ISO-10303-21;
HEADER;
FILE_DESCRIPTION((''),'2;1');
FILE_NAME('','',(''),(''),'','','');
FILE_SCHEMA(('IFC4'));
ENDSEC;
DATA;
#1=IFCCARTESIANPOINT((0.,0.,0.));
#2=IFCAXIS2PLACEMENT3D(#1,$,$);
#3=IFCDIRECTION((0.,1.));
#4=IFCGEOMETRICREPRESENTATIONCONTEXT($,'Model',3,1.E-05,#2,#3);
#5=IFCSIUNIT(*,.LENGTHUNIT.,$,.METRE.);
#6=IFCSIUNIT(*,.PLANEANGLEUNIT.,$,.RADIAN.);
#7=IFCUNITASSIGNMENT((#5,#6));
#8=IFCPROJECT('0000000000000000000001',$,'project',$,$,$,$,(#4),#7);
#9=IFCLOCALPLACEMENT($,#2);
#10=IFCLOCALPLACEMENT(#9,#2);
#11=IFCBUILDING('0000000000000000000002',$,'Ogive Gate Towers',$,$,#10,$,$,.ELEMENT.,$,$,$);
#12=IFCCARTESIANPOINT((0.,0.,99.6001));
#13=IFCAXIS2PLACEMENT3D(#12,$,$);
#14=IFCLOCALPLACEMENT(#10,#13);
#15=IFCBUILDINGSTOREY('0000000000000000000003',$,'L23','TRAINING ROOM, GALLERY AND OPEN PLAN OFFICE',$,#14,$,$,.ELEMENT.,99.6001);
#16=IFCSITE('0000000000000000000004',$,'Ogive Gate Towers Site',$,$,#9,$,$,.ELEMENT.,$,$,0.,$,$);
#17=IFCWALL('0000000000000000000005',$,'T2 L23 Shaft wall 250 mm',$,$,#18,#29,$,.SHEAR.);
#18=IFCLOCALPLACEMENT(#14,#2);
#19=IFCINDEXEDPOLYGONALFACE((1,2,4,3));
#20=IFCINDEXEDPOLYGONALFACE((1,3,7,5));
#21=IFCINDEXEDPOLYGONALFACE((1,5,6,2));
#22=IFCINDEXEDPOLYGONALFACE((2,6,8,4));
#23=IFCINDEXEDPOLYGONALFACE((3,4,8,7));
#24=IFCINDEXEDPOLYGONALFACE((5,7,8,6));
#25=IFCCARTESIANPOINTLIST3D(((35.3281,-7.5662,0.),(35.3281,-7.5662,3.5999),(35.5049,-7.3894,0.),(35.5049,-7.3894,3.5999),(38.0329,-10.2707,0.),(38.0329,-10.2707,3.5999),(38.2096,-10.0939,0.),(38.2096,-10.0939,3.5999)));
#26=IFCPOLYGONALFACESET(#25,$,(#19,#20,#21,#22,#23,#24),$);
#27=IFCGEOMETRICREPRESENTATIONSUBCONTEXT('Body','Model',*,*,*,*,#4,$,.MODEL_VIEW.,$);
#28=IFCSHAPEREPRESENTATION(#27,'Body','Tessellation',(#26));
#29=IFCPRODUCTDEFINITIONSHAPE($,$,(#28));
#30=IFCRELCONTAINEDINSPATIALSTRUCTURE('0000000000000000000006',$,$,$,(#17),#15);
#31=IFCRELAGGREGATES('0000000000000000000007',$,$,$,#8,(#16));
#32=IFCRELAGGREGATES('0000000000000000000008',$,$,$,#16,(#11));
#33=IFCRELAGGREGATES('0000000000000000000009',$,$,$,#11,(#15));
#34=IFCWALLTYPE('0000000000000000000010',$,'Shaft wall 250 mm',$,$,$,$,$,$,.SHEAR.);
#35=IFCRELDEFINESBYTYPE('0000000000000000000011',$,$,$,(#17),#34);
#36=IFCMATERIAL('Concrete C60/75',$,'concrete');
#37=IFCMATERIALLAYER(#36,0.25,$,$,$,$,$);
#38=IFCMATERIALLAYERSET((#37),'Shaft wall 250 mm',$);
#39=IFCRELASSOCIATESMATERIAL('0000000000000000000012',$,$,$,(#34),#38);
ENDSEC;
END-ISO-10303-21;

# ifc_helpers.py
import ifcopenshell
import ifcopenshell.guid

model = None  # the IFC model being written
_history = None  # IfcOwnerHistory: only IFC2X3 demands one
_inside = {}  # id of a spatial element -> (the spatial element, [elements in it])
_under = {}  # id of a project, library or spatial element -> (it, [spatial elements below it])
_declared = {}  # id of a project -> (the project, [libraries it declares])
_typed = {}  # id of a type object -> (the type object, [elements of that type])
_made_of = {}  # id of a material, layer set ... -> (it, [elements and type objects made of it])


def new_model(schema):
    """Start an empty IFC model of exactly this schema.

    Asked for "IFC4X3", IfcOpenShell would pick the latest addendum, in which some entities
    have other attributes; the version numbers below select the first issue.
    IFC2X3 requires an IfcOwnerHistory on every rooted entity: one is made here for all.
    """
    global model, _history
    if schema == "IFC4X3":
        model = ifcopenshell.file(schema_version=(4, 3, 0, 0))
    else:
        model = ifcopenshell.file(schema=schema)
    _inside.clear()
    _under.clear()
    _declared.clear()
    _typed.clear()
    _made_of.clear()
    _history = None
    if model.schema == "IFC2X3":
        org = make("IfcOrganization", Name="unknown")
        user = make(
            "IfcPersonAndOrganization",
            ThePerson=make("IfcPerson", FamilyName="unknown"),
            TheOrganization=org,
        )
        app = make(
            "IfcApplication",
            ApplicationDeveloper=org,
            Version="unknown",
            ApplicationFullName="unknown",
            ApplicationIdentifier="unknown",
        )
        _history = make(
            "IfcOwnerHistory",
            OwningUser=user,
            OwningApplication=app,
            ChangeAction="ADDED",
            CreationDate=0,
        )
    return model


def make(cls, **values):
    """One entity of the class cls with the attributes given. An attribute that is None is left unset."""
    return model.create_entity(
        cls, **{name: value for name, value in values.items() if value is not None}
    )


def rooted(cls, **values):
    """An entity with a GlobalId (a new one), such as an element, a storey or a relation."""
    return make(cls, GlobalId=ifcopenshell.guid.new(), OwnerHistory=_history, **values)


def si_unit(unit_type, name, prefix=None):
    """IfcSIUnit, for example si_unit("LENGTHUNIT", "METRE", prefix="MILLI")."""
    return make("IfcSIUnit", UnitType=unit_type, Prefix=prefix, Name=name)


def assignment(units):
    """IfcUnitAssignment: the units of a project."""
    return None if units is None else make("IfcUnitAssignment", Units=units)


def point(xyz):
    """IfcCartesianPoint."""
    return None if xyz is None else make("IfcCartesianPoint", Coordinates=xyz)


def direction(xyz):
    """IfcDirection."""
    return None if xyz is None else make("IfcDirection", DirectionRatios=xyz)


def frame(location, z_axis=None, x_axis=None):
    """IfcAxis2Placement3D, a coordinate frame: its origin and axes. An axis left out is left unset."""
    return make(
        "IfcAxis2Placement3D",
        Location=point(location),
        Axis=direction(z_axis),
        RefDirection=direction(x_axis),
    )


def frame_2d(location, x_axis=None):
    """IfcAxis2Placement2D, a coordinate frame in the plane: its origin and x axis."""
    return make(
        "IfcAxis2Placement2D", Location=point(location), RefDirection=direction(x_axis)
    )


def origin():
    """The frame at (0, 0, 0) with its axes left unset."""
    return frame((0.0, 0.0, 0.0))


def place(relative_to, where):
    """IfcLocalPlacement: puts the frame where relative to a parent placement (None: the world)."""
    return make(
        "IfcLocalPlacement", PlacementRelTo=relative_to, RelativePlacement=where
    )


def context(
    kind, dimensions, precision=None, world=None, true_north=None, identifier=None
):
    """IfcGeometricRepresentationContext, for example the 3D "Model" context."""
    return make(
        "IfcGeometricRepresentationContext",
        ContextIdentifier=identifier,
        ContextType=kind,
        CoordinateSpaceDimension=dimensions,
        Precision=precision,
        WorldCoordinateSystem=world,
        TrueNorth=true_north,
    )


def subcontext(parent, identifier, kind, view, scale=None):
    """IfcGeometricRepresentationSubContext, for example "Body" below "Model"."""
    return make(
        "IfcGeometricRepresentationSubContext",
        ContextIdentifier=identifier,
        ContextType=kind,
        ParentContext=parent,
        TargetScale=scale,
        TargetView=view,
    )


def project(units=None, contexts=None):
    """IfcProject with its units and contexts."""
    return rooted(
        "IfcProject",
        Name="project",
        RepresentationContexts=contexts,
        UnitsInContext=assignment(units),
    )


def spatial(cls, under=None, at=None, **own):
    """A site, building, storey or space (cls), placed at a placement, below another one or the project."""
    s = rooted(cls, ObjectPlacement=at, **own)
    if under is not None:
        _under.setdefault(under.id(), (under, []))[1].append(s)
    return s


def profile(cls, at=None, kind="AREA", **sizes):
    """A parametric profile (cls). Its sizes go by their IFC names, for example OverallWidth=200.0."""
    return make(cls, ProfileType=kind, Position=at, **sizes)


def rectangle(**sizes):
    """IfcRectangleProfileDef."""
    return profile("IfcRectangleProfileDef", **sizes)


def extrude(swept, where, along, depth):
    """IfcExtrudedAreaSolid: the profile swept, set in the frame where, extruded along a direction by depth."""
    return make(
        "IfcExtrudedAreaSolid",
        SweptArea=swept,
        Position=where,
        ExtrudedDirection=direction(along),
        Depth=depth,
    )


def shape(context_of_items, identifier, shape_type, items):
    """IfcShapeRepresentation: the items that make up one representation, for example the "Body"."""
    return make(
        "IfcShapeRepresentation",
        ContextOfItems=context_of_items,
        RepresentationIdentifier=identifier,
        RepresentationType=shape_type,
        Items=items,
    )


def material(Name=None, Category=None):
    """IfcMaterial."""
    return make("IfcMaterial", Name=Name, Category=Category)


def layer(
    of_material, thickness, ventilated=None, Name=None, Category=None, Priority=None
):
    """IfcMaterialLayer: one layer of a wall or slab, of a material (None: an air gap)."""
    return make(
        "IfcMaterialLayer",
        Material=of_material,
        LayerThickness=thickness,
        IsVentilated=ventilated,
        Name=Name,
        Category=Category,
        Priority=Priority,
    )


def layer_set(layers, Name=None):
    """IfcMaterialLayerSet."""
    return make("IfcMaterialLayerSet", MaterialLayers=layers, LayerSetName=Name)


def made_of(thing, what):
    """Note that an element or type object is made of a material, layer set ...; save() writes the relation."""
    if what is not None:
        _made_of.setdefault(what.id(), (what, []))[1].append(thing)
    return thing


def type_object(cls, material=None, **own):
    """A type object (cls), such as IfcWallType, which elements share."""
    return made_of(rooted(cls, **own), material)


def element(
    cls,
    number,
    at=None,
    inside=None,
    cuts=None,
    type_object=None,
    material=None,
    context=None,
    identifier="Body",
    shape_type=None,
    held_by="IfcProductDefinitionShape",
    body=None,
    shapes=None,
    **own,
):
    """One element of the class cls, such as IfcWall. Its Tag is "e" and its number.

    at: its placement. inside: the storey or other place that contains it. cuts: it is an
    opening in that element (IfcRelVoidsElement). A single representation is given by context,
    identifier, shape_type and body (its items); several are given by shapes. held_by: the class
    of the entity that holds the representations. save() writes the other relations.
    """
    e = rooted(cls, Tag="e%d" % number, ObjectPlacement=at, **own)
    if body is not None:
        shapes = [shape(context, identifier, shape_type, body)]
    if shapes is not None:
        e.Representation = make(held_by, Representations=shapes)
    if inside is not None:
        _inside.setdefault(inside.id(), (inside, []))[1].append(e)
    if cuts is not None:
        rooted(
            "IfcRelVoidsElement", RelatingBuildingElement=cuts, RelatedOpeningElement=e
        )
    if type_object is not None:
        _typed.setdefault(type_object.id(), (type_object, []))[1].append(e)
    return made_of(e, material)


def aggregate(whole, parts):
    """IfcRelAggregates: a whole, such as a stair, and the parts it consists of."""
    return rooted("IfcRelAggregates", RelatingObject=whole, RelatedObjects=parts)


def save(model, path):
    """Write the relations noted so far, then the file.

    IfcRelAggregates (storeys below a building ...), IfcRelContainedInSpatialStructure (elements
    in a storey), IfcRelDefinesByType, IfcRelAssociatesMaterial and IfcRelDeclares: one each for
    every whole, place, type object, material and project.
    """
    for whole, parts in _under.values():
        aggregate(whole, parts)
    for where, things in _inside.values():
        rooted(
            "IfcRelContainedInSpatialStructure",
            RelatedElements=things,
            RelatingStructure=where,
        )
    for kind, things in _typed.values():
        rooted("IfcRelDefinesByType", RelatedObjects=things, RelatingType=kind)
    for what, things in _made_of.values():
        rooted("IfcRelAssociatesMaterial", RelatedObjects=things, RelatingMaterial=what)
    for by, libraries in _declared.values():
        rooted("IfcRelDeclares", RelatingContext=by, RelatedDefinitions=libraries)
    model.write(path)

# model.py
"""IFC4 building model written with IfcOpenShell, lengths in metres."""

from ifc_helpers import new_model, si_unit, direction, frame, frame_2d, origin, place, context, subcontext, project, spatial, rectangle, extrude, material, layer, layer_set, type_object, element, save


model = new_model("IFC4")

# Units and contexts
model_context = context("Model", 3, precision=1e-05, world=origin(), true_north=direction((0.0, 1.0)))
body_context = subcontext(model_context, "Body", "Model", "MODEL_VIEW")
ifc_project = project(units=[si_unit("LENGTHUNIT", "METRE"), si_unit("PLANEANGLEUNIT", "RADIAN")], contexts=[model_context])

# Site, building, storey
site_placement = place(None, origin())
site = spatial("IfcSite", under=ifc_project, at=site_placement, Name="Ogive Gate Towers Site", CompositionType="ELEMENT", RefElevation=0.0)
building_placement = place(site_placement, origin())
building = spatial("IfcBuilding", under=site, at=building_placement, Name="Ogive Gate Towers", CompositionType="ELEMENT")
storey_placement = place(building_placement, frame((0.0, 0.0, 99.6001)))
storey = spatial("IfcBuildingStorey", under=building, at=storey_placement, Name="L23", Description="TRAINING ROOM, GALLERY AND OPEN PLAN OFFICE", CompositionType="ELEMENT", Elevation=99.6001)

# Shared definitions
ifc_material_1 = material(Name="Concrete C60/75", Category="concrete")

# Wall
ifc_layer_1 = layer(ifc_material_1, 0.25)
ifc_layer_set_1 = layer_set([ifc_layer_1], Name="Shaft wall 250 mm")
wall_type_1 = type_object("IfcWallType", Name="Shaft wall 250 mm", PredefinedType="SHEAR", material=ifc_layer_set_1)
wall_1_placement = place(storey_placement, frame((38.1213, -10.1824, 0.0), z_axis=(0.0, 0.0, 1.0), x_axis=(-0.707139, 0.707075, 0.0)))
element("IfcWall", 1, at=wall_1_placement, inside=storey, type_object=wall_type_1, Name="T2 L23 Shaft wall 250 mm", PredefinedType="SHEAR", context=body_context, shape_type="SweptSolid", body=[
    extrude(rectangle(XDim=3.825, YDim=0.25, at=frame_2d((1.9126, 0.0))), origin(), (0.0, 0.0, 1.0), 3.5999),
])

save(model, "model.ifc")
